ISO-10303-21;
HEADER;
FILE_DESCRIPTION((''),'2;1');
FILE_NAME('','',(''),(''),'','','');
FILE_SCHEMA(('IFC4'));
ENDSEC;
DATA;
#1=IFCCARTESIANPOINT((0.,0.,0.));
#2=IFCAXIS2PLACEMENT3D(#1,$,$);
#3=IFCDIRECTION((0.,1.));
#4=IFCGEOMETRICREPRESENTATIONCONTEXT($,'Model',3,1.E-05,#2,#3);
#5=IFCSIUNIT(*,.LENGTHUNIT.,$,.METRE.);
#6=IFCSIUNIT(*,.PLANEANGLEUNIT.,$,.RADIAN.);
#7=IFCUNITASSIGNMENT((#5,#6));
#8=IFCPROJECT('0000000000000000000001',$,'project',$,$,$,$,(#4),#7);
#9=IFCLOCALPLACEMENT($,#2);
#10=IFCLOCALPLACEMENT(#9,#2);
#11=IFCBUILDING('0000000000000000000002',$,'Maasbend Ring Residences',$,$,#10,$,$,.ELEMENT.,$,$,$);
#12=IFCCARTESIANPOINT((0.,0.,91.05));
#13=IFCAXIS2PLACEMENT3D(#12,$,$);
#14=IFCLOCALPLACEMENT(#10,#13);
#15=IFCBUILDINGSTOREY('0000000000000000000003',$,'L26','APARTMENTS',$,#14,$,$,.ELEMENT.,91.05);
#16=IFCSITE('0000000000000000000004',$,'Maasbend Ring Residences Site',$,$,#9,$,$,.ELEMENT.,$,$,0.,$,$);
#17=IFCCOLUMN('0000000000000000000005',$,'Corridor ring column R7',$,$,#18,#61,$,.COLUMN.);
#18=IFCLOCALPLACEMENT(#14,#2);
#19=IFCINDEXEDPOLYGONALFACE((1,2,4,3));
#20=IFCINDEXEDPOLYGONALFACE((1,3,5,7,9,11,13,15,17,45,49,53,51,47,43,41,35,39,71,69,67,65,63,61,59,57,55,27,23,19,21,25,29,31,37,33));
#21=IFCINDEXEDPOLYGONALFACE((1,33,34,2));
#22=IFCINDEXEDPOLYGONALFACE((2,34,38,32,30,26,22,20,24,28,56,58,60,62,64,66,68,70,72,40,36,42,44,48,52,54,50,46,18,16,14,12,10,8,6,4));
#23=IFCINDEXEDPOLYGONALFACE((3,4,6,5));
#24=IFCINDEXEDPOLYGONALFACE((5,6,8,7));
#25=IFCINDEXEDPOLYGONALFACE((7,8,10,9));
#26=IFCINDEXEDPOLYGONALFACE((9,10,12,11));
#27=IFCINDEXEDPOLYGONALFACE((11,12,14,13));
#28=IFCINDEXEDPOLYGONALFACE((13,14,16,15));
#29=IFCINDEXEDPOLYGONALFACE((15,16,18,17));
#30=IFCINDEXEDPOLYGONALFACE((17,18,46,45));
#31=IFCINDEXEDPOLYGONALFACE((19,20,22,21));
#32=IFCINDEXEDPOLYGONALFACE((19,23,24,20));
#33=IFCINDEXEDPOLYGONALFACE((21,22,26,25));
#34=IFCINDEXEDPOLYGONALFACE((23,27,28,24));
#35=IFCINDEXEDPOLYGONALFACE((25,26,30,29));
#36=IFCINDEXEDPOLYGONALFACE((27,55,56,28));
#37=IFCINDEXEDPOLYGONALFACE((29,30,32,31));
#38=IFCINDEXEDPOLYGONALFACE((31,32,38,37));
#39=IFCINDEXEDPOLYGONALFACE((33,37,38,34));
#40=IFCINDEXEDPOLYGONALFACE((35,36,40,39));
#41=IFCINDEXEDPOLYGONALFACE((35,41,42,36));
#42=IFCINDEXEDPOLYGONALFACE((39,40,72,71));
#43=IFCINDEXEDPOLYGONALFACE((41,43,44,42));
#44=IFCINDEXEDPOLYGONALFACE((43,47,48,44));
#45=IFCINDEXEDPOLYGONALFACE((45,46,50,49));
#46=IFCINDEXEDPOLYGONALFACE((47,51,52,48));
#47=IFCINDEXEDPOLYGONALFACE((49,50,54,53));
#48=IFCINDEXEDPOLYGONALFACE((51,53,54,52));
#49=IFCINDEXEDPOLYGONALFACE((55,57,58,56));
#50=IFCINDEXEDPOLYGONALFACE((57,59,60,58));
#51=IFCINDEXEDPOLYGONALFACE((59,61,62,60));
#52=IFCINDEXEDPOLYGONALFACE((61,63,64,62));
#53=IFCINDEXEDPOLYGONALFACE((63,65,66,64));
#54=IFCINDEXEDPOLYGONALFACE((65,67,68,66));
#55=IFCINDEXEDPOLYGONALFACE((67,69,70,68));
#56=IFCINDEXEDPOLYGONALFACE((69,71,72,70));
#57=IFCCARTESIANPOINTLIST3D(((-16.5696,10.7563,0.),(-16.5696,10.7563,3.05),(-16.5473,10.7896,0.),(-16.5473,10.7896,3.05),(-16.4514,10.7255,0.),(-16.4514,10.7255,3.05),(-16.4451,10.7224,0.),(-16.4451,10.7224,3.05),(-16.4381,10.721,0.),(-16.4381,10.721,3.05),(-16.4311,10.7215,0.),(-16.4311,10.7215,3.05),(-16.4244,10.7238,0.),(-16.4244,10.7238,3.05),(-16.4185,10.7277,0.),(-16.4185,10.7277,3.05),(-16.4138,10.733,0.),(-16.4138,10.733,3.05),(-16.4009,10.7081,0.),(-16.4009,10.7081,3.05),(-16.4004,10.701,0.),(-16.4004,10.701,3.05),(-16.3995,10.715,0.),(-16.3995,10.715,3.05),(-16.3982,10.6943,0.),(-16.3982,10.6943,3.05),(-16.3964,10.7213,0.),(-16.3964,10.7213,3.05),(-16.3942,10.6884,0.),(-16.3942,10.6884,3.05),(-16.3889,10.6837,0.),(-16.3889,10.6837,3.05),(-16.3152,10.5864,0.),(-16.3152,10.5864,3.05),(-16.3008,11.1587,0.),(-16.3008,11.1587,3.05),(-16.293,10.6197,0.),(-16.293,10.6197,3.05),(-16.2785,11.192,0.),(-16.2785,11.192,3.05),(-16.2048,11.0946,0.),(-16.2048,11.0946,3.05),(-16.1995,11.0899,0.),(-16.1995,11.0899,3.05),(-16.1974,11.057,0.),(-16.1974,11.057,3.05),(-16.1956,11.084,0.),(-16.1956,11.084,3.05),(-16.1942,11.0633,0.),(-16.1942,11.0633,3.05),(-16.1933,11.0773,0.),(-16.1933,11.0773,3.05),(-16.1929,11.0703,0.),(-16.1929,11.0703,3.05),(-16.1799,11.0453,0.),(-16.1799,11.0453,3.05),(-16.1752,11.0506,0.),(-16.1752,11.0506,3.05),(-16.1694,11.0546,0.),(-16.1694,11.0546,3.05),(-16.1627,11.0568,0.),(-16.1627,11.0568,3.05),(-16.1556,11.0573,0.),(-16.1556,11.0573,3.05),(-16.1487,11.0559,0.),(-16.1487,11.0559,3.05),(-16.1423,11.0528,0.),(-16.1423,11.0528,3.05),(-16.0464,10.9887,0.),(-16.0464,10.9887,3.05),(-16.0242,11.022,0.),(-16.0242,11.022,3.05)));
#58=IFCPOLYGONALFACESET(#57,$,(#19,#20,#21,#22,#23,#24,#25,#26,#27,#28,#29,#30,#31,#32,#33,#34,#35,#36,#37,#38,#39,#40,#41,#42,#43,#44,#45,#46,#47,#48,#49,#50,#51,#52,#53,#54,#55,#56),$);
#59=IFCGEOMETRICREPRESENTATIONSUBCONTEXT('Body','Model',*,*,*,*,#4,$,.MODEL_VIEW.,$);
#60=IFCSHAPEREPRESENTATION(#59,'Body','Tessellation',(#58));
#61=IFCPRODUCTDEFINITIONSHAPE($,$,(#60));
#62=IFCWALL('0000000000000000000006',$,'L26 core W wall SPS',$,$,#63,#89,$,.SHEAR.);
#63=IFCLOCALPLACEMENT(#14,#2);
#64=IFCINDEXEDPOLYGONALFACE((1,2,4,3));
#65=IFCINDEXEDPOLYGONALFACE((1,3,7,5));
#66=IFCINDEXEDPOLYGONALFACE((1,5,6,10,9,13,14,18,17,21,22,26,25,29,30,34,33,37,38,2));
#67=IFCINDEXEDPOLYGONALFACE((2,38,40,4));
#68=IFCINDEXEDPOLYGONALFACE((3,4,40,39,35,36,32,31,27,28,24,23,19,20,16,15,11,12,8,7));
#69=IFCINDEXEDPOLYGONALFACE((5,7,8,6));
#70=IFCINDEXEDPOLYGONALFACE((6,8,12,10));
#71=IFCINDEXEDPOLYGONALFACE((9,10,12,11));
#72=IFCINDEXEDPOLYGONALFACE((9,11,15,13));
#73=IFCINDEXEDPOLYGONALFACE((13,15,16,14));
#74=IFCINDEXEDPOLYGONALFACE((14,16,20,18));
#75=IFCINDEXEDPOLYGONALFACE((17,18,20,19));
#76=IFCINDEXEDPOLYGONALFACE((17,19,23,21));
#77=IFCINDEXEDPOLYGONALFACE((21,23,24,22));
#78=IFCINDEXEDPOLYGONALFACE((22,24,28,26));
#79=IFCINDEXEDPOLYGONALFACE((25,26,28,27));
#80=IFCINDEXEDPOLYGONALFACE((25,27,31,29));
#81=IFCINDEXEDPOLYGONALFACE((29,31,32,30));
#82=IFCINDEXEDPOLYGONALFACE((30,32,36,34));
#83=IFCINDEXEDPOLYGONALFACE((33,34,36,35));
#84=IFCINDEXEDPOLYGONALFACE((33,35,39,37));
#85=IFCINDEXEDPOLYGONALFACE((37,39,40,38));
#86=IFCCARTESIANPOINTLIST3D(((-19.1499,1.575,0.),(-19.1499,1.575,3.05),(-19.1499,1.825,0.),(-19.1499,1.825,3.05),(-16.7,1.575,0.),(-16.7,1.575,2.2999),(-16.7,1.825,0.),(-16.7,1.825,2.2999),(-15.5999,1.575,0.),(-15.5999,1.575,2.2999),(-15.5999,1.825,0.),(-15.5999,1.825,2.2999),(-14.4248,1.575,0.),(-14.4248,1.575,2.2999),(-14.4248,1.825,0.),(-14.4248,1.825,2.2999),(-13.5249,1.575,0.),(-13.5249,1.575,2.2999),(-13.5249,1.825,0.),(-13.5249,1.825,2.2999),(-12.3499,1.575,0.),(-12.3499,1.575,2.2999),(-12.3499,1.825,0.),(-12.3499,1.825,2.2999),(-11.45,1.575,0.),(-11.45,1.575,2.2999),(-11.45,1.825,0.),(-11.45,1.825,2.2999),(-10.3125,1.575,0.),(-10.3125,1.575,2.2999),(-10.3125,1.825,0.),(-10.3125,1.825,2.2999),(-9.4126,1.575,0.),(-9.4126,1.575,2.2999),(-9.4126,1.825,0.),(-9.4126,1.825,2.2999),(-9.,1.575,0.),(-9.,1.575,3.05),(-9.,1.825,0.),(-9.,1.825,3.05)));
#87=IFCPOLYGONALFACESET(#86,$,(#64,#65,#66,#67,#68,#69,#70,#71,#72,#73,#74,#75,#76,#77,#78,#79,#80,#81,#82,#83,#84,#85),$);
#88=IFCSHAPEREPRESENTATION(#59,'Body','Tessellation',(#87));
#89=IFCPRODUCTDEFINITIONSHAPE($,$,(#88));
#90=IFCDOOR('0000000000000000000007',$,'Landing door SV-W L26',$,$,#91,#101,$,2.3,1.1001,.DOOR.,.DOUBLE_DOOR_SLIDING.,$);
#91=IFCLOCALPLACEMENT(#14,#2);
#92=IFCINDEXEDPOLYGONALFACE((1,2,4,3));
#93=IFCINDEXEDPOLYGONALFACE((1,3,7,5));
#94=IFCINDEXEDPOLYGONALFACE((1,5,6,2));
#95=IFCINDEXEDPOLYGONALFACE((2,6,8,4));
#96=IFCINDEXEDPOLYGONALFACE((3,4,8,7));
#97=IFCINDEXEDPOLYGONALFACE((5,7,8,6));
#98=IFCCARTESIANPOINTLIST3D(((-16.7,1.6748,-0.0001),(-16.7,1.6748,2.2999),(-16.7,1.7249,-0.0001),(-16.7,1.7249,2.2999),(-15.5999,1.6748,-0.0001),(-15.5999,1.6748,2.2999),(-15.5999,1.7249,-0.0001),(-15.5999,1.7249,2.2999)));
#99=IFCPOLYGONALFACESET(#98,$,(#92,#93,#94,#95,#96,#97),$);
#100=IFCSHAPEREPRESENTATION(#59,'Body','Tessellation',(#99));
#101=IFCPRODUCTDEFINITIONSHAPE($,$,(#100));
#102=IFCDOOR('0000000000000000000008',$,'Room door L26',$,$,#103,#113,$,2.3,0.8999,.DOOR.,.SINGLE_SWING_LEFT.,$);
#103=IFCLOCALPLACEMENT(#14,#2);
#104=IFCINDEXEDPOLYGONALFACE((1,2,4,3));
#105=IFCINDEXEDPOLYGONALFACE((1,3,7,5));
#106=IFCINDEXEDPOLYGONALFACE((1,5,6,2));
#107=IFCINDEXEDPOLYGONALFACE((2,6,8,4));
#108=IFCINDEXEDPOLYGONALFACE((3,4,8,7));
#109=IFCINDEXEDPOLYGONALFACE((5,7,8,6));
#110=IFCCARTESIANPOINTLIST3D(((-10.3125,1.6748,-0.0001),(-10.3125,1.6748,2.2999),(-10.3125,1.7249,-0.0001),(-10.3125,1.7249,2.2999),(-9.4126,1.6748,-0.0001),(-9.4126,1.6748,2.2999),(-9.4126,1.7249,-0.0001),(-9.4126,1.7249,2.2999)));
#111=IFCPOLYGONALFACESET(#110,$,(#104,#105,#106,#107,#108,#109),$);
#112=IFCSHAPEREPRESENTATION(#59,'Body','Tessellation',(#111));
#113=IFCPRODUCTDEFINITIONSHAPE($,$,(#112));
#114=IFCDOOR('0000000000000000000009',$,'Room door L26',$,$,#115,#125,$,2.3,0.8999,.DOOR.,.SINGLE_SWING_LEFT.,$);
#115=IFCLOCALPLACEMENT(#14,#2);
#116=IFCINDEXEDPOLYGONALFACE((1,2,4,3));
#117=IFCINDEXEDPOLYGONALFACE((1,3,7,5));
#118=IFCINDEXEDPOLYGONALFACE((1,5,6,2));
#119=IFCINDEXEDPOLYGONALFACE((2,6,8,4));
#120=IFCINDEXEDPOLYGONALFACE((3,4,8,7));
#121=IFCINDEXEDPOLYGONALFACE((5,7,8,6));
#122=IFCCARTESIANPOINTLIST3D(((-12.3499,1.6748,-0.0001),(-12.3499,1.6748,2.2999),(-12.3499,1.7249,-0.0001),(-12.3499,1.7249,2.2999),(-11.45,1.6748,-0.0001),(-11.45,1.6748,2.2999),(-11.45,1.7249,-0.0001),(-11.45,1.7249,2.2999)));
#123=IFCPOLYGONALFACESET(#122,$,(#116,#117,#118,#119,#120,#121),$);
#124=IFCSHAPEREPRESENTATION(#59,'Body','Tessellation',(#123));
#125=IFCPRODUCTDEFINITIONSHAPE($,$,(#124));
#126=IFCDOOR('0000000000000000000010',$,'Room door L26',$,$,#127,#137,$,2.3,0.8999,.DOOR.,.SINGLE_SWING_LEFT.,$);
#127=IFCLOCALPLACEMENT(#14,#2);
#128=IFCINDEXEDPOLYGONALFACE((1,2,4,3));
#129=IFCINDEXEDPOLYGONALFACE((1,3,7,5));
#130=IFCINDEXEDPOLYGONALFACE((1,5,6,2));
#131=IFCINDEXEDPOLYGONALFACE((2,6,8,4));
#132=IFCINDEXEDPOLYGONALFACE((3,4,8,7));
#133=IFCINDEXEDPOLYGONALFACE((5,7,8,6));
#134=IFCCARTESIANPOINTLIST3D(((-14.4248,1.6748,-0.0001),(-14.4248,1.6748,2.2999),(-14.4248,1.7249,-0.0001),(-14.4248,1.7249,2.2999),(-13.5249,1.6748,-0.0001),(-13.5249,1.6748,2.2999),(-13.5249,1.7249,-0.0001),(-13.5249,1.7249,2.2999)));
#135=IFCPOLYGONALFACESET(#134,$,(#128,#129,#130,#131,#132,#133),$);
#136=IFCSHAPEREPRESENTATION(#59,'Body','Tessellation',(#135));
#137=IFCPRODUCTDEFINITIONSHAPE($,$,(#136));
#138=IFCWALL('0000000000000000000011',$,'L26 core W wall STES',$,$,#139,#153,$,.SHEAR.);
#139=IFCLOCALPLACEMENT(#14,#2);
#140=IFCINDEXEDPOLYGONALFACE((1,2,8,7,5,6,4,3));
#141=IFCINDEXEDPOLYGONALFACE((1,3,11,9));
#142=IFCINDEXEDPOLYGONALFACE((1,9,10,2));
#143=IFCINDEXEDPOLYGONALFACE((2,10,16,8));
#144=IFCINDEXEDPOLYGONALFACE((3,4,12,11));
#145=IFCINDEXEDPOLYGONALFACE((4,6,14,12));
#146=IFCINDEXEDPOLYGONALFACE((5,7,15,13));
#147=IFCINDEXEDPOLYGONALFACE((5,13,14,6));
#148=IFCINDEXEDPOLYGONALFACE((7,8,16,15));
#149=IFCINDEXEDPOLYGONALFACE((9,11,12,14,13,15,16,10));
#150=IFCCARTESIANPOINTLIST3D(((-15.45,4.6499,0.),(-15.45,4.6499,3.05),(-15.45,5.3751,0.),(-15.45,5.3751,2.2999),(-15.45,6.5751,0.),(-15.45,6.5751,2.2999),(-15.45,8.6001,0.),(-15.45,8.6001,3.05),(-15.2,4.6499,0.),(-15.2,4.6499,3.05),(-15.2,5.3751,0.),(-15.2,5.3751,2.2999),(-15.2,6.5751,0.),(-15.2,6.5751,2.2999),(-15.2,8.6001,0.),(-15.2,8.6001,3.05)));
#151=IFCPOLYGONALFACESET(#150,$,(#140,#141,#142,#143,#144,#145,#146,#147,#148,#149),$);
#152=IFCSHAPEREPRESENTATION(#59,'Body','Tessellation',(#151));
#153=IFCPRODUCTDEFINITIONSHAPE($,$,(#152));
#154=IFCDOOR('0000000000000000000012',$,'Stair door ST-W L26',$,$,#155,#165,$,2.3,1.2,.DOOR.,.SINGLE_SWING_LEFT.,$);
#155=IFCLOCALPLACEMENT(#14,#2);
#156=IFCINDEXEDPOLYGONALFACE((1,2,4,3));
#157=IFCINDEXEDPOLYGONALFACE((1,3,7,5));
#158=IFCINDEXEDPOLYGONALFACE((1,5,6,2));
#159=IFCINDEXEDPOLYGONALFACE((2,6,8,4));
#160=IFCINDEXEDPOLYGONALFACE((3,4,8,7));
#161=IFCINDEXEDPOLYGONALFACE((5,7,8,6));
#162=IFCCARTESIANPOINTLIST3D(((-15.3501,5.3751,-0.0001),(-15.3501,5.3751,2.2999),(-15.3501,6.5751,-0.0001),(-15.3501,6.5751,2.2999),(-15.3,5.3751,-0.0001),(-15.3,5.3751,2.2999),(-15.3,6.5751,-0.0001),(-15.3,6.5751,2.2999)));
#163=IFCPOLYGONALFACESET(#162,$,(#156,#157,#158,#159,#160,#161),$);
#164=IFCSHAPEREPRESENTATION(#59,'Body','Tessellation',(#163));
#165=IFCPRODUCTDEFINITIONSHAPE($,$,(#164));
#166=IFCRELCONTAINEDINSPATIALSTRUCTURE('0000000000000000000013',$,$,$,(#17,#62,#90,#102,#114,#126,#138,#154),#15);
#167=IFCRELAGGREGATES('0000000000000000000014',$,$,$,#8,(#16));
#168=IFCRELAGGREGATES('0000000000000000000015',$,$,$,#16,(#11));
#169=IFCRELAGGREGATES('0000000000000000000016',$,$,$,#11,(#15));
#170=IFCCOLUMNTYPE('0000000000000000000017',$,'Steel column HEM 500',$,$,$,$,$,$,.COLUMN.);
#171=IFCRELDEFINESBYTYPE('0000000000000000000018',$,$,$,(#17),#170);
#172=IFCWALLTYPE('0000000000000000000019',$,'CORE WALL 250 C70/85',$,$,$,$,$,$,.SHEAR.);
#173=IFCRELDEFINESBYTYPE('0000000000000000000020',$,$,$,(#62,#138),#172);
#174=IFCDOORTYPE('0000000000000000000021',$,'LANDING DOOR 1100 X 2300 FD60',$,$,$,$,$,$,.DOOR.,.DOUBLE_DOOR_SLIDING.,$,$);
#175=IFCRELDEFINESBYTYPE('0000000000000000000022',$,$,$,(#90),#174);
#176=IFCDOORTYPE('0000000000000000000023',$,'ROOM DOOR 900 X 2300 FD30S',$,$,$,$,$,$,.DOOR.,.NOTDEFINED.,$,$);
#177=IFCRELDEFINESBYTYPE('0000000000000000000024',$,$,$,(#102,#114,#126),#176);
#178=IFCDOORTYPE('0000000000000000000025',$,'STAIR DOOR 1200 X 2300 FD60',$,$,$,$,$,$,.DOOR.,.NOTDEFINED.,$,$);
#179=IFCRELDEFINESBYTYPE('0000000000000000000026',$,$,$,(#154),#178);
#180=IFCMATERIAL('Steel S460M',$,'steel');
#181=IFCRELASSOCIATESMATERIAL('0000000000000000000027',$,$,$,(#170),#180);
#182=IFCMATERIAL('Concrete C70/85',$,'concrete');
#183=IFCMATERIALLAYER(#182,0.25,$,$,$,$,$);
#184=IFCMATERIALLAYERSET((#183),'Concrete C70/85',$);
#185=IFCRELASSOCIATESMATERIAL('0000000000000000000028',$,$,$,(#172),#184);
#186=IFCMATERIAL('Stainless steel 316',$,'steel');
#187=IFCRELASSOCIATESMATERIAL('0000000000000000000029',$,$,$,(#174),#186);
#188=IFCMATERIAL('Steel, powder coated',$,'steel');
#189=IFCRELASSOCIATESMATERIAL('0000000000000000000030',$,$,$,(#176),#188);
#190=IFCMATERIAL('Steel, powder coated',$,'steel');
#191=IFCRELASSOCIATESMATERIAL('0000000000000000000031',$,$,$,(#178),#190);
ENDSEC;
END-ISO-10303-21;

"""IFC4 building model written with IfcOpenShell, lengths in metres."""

from ifc_helpers import new_model, si_unit, direction, frame, frame_2d, origin, origin_2d, place, context, subcontext, project, spatial, rectangle, i_section, extrude, material, layer, layer_set, material_profile, profile_set, type_object, element, fill, save


model = new_model("IFC4")

# Units and contexts
model_context = context("Model", 3, precision=1e-05, world=origin(), true_north=direction((0.0, 1.0)))
body_context = subcontext(model_context, "Body", "Model", "MODEL_VIEW")
ifc_project = project(units=[si_unit("LENGTHUNIT", "METRE"), si_unit("PLANEANGLEUNIT", "RADIAN")], contexts=[model_context])

# Site, building, storey
site_placement = place(None, origin())
site = spatial("IfcSite", under=ifc_project, at=site_placement, Name="Maasbend Ring Residences Site", CompositionType="ELEMENT", RefElevation=0.0)
building_placement = place(site_placement, origin())
building = spatial("IfcBuilding", under=site, at=building_placement, Name="Maasbend Ring Residences", CompositionType="ELEMENT")
storey_placement = place(building_placement, frame((0.0, 0.0, 91.05)))
storey = spatial("IfcBuildingStorey", under=building, at=storey_placement, Name="L26", Description="APARTMENTS", CompositionType="ELEMENT", Elevation=91.05)

# Column
ifc_material_1 = material(Name="Steel S460M", Category="steel")
ifc_material_profile = material_profile(ifc_material_1, i_section(OverallWidth=0.3059, OverallDepth=0.5239, WebThickness=0.021, FlangeThickness=0.04, FilletRadius=0.0271, at=origin_2d()), Name="HEM 500")
ifc_profile_set = profile_set([ifc_material_profile], Name="Steel S460M")
column_type = type_object("IfcColumnType", Name="Steel column HEM 500", PredefinedType="COLUMN", material=ifc_profile_set)
column_placement = place(storey_placement, frame((-16.2969, 10.8892, 0.0), z_axis=(0.0, 0.0, 1.0), x_axis=(-0.83147, 0.55557, 0.0)))
element("IfcColumn", 1, at=column_placement, inside=storey, type_object=column_type, Name="Corridor ring column R7", PredefinedType="COLUMN", context=body_context, shape_type="SweptSolid", body=[
    extrude(i_section(OverallWidth=0.3059, OverallDepth=0.5239, WebThickness=0.021, FlangeThickness=0.04, FilletRadius=0.0271, at=origin_2d()), origin(), (0.0, 0.0, 1.0), 3.05),
])

# Wall, openings, doors
ifc_material_2 = material(Name="Concrete C70/85", Category="concrete")
ifc_layer_1 = layer(ifc_material_2, 0.25)
ifc_layer_set_1 = layer_set([ifc_layer_1], Name="Concrete C70/85")
wall_type_1 = type_object("IfcWallType", Name="CORE WALL 250 C70/85", PredefinedType="SHEAR", material=ifc_layer_set_1)
wall_1_placement = place(storey_placement, frame((-19.1499, 1.7, 0.0), z_axis=(0.0, 0.0, 1.0), x_axis=(1.0, 0.0, 0.0)))
wall_1 = element("IfcWall", 2, at=wall_1_placement, inside=storey, type_object=wall_type_1, Name="L26 core W wall SPS", PredefinedType="SHEAR", context=body_context, shape_type="SweptSolid", body=[
    extrude(rectangle(XDim=10.1499, YDim=0.25, at=frame_2d((5.075, 0.0))), origin(), (0.0, 0.0, 1.0), 3.05),
])
opening_1_placement = place(wall_1_placement, frame((2.45, 0.0, 0.0)))
opening_1 = element("IfcOpeningElement", 3, at=opening_1_placement, cuts=wall_1, PredefinedType="OPENING", context=body_context, shape_type="SweptSolid", body=[
    extrude(rectangle(XDim=1.1001, YDim=2.3, at=frame_2d((0.55, 1.1499))), frame((0.0, 0.135, 0.0), z_axis=(0.0, -1.0, 0.0), x_axis=(1.0, 0.0, 0.0)), (0.0, 0.0, 1.0), 0.27),
])
opening_2_placement = place(wall_1_placement, frame((8.8374, 0.0, 0.0)))
opening_2 = element("IfcOpeningElement", 4, at=opening_2_placement, cuts=wall_1, PredefinedType="OPENING", context=body_context, shape_type="SweptSolid", body=[
    extrude(rectangle(XDim=0.8999, YDim=2.3, at=frame_2d((0.45, 1.1499))), frame((0.0, 0.135, 0.0), z_axis=(0.0, -1.0, 0.0), x_axis=(1.0, 0.0, 0.0)), (0.0, 0.0, 1.0), 0.27),
])
opening_3_placement = place(wall_1_placement, frame((6.8, 0.0, 0.0)))
opening_3 = element("IfcOpeningElement", 5, at=opening_3_placement, cuts=wall_1, PredefinedType="OPENING", context=body_context, shape_type="SweptSolid", body=[
    extrude(rectangle(XDim=0.8999, YDim=2.3, at=frame_2d((0.45, 1.1499))), frame((0.0, 0.135, 0.0), z_axis=(0.0, -1.0, 0.0), x_axis=(1.0, 0.0, 0.0)), (0.0, 0.0, 1.0), 0.27),
])
opening_4_placement = place(wall_1_placement, frame((4.7251, 0.0, 0.0)))
opening_4 = element("IfcOpeningElement", 6, at=opening_4_placement, cuts=wall_1, PredefinedType="OPENING", context=body_context, shape_type="SweptSolid", body=[
    extrude(rectangle(XDim=0.8999, YDim=2.3, at=frame_2d((0.45, 1.1499))), frame((0.0, 0.135, 0.0), z_axis=(0.0, -1.0, 0.0), x_axis=(1.0, 0.0, 0.0)), (0.0, 0.0, 1.0), 0.27),
])
ifc_material_3 = material(Name="Stainless steel 316", Category="steel")
door_type_1 = type_object("IfcDoorType", Name="LANDING DOOR 1100 X 2300 FD60", OperationType="DOUBLE_DOOR_SLIDING", PredefinedType="DOOR", material=ifc_material_3)
door_1_placement = place(opening_1_placement, origin())
door_1 = element("IfcDoor", 7, at=door_1_placement, inside=storey, type_object=door_type_1, Name="Landing door SV-W L26", OperationType="DOUBLE_DOOR_SLIDING", OverallHeight=2.3, OverallWidth=1.1001, PredefinedType="DOOR", context=body_context, shape_type="SweptSolid", body=[
    extrude(rectangle(XDim=1.1001, YDim=2.3, at=frame_2d((0.55, 1.1499))), frame((0.0, 0.0249, 0.0), z_axis=(0.0, -1.0, 0.0), x_axis=(1.0, 0.0, 0.0)), (0.0, 0.0, 1.0), 0.05),
])
fill(opening_1, door_1)
ifc_material_4 = material(Name="Steel, powder coated", Category="steel")
door_type_2 = type_object("IfcDoorType", Name="ROOM DOOR 900 X 2300 FD30S", OperationType="NOTDEFINED", PredefinedType="DOOR", material=ifc_material_4)
door_2_placement = place(opening_2_placement, origin())
door_2 = element("IfcDoor", 8, at=door_2_placement, inside=storey, type_object=door_type_2, Name="Room door L26", OperationType="SINGLE_SWING_LEFT", OverallHeight=2.3, OverallWidth=0.8999, PredefinedType="DOOR", context=body_context, shape_type="SweptSolid", body=[
    extrude(rectangle(XDim=0.8999, YDim=2.3, at=frame_2d((0.45, 1.1499))), frame((0.0, 0.0249, 0.0), z_axis=(0.0, -1.0, 0.0), x_axis=(1.0, 0.0, 0.0)), (0.0, 0.0, 1.0), 0.05),
])
fill(opening_2, door_2)
door_3_placement = place(opening_3_placement, origin())
door_3 = element("IfcDoor", 9, at=door_3_placement, inside=storey, type_object=door_type_2, Name="Room door L26", OperationType="SINGLE_SWING_LEFT", OverallHeight=2.3, OverallWidth=0.8999, PredefinedType="DOOR", context=body_context, shape_type="SweptSolid", body=[
    extrude(rectangle(XDim=0.8999, YDim=2.3, at=frame_2d((0.45, 1.1499))), frame((0.0, 0.0249, 0.0), z_axis=(0.0, -1.0, 0.0), x_axis=(1.0, 0.0, 0.0)), (0.0, 0.0, 1.0), 0.05),
])
fill(opening_3, door_3)
door_4_placement = place(opening_4_placement, origin())
door_4 = element("IfcDoor", 10, at=door_4_placement, inside=storey, type_object=door_type_2, Name="Room door L26", OperationType="SINGLE_SWING_LEFT", OverallHeight=2.3, OverallWidth=0.8999, PredefinedType="DOOR", context=body_context, shape_type="SweptSolid", body=[
    extrude(rectangle(XDim=0.8999, YDim=2.3, at=frame_2d((0.45, 1.1499))), frame((0.0, 0.0249, 0.0), z_axis=(0.0, -1.0, 0.0), x_axis=(1.0, 0.0, 0.0)), (0.0, 0.0, 1.0), 0.05),
])
fill(opening_4, door_4)

# Wall, opening, door
wall_2_placement = place(storey_placement, frame((-15.325, 8.6001, 0.0), z_axis=(0.0, 0.0, 1.0), x_axis=(0.0, -1.0, 0.0)))
wall_2 = element("IfcWall", 11, at=wall_2_placement, inside=storey, type_object=wall_type_1, Name="L26 core W wall STES", PredefinedType="SHEAR", context=body_context, shape_type="SweptSolid", body=[
    extrude(rectangle(XDim=3.9502, YDim=0.25, at=frame_2d((1.9751, 0.0))), origin(), (0.0, 0.0, 1.0), 3.05),
])
opening_5_placement = place(wall_2_placement, frame((2.0249, 0.0, 0.0)))
opening_5 = element("IfcOpeningElement", 12, at=opening_5_placement, cuts=wall_2, PredefinedType="OPENING", context=body_context, shape_type="SweptSolid", body=[
    extrude(rectangle(XDim=1.2, YDim=2.3, at=frame_2d((0.6001, 1.1499))), frame((0.0, 0.135, 0.0), z_axis=(0.0, -1.0, 0.0), x_axis=(1.0, 0.0, 0.0)), (0.0, 0.0, 1.0), 0.27),
])
ifc_material_5 = material(Name="Steel, powder coated", Category="steel")
door_type_3 = type_object("IfcDoorType", Name="STAIR DOOR 1200 X 2300 FD60", OperationType="NOTDEFINED", PredefinedType="DOOR", material=ifc_material_5)
door_5_placement = place(opening_5_placement, origin())
door_5 = element("IfcDoor", 13, at=door_5_placement, inside=storey, type_object=door_type_3, Name="Stair door ST-W L26", OperationType="SINGLE_SWING_LEFT", OverallHeight=2.3, OverallWidth=1.2, PredefinedType="DOOR", context=body_context, shape_type="SweptSolid", body=[
    extrude(rectangle(XDim=1.2, YDim=2.3, at=frame_2d((0.6001, 1.1499))), frame((0.0, 0.0249, 0.0), z_axis=(0.0, -1.0, 0.0), x_axis=(1.0, 0.0, 0.0)), (0.0, 0.0, 1.0), 0.05),
])
fill(opening_5, door_5)

save(model, "model.ifc")
